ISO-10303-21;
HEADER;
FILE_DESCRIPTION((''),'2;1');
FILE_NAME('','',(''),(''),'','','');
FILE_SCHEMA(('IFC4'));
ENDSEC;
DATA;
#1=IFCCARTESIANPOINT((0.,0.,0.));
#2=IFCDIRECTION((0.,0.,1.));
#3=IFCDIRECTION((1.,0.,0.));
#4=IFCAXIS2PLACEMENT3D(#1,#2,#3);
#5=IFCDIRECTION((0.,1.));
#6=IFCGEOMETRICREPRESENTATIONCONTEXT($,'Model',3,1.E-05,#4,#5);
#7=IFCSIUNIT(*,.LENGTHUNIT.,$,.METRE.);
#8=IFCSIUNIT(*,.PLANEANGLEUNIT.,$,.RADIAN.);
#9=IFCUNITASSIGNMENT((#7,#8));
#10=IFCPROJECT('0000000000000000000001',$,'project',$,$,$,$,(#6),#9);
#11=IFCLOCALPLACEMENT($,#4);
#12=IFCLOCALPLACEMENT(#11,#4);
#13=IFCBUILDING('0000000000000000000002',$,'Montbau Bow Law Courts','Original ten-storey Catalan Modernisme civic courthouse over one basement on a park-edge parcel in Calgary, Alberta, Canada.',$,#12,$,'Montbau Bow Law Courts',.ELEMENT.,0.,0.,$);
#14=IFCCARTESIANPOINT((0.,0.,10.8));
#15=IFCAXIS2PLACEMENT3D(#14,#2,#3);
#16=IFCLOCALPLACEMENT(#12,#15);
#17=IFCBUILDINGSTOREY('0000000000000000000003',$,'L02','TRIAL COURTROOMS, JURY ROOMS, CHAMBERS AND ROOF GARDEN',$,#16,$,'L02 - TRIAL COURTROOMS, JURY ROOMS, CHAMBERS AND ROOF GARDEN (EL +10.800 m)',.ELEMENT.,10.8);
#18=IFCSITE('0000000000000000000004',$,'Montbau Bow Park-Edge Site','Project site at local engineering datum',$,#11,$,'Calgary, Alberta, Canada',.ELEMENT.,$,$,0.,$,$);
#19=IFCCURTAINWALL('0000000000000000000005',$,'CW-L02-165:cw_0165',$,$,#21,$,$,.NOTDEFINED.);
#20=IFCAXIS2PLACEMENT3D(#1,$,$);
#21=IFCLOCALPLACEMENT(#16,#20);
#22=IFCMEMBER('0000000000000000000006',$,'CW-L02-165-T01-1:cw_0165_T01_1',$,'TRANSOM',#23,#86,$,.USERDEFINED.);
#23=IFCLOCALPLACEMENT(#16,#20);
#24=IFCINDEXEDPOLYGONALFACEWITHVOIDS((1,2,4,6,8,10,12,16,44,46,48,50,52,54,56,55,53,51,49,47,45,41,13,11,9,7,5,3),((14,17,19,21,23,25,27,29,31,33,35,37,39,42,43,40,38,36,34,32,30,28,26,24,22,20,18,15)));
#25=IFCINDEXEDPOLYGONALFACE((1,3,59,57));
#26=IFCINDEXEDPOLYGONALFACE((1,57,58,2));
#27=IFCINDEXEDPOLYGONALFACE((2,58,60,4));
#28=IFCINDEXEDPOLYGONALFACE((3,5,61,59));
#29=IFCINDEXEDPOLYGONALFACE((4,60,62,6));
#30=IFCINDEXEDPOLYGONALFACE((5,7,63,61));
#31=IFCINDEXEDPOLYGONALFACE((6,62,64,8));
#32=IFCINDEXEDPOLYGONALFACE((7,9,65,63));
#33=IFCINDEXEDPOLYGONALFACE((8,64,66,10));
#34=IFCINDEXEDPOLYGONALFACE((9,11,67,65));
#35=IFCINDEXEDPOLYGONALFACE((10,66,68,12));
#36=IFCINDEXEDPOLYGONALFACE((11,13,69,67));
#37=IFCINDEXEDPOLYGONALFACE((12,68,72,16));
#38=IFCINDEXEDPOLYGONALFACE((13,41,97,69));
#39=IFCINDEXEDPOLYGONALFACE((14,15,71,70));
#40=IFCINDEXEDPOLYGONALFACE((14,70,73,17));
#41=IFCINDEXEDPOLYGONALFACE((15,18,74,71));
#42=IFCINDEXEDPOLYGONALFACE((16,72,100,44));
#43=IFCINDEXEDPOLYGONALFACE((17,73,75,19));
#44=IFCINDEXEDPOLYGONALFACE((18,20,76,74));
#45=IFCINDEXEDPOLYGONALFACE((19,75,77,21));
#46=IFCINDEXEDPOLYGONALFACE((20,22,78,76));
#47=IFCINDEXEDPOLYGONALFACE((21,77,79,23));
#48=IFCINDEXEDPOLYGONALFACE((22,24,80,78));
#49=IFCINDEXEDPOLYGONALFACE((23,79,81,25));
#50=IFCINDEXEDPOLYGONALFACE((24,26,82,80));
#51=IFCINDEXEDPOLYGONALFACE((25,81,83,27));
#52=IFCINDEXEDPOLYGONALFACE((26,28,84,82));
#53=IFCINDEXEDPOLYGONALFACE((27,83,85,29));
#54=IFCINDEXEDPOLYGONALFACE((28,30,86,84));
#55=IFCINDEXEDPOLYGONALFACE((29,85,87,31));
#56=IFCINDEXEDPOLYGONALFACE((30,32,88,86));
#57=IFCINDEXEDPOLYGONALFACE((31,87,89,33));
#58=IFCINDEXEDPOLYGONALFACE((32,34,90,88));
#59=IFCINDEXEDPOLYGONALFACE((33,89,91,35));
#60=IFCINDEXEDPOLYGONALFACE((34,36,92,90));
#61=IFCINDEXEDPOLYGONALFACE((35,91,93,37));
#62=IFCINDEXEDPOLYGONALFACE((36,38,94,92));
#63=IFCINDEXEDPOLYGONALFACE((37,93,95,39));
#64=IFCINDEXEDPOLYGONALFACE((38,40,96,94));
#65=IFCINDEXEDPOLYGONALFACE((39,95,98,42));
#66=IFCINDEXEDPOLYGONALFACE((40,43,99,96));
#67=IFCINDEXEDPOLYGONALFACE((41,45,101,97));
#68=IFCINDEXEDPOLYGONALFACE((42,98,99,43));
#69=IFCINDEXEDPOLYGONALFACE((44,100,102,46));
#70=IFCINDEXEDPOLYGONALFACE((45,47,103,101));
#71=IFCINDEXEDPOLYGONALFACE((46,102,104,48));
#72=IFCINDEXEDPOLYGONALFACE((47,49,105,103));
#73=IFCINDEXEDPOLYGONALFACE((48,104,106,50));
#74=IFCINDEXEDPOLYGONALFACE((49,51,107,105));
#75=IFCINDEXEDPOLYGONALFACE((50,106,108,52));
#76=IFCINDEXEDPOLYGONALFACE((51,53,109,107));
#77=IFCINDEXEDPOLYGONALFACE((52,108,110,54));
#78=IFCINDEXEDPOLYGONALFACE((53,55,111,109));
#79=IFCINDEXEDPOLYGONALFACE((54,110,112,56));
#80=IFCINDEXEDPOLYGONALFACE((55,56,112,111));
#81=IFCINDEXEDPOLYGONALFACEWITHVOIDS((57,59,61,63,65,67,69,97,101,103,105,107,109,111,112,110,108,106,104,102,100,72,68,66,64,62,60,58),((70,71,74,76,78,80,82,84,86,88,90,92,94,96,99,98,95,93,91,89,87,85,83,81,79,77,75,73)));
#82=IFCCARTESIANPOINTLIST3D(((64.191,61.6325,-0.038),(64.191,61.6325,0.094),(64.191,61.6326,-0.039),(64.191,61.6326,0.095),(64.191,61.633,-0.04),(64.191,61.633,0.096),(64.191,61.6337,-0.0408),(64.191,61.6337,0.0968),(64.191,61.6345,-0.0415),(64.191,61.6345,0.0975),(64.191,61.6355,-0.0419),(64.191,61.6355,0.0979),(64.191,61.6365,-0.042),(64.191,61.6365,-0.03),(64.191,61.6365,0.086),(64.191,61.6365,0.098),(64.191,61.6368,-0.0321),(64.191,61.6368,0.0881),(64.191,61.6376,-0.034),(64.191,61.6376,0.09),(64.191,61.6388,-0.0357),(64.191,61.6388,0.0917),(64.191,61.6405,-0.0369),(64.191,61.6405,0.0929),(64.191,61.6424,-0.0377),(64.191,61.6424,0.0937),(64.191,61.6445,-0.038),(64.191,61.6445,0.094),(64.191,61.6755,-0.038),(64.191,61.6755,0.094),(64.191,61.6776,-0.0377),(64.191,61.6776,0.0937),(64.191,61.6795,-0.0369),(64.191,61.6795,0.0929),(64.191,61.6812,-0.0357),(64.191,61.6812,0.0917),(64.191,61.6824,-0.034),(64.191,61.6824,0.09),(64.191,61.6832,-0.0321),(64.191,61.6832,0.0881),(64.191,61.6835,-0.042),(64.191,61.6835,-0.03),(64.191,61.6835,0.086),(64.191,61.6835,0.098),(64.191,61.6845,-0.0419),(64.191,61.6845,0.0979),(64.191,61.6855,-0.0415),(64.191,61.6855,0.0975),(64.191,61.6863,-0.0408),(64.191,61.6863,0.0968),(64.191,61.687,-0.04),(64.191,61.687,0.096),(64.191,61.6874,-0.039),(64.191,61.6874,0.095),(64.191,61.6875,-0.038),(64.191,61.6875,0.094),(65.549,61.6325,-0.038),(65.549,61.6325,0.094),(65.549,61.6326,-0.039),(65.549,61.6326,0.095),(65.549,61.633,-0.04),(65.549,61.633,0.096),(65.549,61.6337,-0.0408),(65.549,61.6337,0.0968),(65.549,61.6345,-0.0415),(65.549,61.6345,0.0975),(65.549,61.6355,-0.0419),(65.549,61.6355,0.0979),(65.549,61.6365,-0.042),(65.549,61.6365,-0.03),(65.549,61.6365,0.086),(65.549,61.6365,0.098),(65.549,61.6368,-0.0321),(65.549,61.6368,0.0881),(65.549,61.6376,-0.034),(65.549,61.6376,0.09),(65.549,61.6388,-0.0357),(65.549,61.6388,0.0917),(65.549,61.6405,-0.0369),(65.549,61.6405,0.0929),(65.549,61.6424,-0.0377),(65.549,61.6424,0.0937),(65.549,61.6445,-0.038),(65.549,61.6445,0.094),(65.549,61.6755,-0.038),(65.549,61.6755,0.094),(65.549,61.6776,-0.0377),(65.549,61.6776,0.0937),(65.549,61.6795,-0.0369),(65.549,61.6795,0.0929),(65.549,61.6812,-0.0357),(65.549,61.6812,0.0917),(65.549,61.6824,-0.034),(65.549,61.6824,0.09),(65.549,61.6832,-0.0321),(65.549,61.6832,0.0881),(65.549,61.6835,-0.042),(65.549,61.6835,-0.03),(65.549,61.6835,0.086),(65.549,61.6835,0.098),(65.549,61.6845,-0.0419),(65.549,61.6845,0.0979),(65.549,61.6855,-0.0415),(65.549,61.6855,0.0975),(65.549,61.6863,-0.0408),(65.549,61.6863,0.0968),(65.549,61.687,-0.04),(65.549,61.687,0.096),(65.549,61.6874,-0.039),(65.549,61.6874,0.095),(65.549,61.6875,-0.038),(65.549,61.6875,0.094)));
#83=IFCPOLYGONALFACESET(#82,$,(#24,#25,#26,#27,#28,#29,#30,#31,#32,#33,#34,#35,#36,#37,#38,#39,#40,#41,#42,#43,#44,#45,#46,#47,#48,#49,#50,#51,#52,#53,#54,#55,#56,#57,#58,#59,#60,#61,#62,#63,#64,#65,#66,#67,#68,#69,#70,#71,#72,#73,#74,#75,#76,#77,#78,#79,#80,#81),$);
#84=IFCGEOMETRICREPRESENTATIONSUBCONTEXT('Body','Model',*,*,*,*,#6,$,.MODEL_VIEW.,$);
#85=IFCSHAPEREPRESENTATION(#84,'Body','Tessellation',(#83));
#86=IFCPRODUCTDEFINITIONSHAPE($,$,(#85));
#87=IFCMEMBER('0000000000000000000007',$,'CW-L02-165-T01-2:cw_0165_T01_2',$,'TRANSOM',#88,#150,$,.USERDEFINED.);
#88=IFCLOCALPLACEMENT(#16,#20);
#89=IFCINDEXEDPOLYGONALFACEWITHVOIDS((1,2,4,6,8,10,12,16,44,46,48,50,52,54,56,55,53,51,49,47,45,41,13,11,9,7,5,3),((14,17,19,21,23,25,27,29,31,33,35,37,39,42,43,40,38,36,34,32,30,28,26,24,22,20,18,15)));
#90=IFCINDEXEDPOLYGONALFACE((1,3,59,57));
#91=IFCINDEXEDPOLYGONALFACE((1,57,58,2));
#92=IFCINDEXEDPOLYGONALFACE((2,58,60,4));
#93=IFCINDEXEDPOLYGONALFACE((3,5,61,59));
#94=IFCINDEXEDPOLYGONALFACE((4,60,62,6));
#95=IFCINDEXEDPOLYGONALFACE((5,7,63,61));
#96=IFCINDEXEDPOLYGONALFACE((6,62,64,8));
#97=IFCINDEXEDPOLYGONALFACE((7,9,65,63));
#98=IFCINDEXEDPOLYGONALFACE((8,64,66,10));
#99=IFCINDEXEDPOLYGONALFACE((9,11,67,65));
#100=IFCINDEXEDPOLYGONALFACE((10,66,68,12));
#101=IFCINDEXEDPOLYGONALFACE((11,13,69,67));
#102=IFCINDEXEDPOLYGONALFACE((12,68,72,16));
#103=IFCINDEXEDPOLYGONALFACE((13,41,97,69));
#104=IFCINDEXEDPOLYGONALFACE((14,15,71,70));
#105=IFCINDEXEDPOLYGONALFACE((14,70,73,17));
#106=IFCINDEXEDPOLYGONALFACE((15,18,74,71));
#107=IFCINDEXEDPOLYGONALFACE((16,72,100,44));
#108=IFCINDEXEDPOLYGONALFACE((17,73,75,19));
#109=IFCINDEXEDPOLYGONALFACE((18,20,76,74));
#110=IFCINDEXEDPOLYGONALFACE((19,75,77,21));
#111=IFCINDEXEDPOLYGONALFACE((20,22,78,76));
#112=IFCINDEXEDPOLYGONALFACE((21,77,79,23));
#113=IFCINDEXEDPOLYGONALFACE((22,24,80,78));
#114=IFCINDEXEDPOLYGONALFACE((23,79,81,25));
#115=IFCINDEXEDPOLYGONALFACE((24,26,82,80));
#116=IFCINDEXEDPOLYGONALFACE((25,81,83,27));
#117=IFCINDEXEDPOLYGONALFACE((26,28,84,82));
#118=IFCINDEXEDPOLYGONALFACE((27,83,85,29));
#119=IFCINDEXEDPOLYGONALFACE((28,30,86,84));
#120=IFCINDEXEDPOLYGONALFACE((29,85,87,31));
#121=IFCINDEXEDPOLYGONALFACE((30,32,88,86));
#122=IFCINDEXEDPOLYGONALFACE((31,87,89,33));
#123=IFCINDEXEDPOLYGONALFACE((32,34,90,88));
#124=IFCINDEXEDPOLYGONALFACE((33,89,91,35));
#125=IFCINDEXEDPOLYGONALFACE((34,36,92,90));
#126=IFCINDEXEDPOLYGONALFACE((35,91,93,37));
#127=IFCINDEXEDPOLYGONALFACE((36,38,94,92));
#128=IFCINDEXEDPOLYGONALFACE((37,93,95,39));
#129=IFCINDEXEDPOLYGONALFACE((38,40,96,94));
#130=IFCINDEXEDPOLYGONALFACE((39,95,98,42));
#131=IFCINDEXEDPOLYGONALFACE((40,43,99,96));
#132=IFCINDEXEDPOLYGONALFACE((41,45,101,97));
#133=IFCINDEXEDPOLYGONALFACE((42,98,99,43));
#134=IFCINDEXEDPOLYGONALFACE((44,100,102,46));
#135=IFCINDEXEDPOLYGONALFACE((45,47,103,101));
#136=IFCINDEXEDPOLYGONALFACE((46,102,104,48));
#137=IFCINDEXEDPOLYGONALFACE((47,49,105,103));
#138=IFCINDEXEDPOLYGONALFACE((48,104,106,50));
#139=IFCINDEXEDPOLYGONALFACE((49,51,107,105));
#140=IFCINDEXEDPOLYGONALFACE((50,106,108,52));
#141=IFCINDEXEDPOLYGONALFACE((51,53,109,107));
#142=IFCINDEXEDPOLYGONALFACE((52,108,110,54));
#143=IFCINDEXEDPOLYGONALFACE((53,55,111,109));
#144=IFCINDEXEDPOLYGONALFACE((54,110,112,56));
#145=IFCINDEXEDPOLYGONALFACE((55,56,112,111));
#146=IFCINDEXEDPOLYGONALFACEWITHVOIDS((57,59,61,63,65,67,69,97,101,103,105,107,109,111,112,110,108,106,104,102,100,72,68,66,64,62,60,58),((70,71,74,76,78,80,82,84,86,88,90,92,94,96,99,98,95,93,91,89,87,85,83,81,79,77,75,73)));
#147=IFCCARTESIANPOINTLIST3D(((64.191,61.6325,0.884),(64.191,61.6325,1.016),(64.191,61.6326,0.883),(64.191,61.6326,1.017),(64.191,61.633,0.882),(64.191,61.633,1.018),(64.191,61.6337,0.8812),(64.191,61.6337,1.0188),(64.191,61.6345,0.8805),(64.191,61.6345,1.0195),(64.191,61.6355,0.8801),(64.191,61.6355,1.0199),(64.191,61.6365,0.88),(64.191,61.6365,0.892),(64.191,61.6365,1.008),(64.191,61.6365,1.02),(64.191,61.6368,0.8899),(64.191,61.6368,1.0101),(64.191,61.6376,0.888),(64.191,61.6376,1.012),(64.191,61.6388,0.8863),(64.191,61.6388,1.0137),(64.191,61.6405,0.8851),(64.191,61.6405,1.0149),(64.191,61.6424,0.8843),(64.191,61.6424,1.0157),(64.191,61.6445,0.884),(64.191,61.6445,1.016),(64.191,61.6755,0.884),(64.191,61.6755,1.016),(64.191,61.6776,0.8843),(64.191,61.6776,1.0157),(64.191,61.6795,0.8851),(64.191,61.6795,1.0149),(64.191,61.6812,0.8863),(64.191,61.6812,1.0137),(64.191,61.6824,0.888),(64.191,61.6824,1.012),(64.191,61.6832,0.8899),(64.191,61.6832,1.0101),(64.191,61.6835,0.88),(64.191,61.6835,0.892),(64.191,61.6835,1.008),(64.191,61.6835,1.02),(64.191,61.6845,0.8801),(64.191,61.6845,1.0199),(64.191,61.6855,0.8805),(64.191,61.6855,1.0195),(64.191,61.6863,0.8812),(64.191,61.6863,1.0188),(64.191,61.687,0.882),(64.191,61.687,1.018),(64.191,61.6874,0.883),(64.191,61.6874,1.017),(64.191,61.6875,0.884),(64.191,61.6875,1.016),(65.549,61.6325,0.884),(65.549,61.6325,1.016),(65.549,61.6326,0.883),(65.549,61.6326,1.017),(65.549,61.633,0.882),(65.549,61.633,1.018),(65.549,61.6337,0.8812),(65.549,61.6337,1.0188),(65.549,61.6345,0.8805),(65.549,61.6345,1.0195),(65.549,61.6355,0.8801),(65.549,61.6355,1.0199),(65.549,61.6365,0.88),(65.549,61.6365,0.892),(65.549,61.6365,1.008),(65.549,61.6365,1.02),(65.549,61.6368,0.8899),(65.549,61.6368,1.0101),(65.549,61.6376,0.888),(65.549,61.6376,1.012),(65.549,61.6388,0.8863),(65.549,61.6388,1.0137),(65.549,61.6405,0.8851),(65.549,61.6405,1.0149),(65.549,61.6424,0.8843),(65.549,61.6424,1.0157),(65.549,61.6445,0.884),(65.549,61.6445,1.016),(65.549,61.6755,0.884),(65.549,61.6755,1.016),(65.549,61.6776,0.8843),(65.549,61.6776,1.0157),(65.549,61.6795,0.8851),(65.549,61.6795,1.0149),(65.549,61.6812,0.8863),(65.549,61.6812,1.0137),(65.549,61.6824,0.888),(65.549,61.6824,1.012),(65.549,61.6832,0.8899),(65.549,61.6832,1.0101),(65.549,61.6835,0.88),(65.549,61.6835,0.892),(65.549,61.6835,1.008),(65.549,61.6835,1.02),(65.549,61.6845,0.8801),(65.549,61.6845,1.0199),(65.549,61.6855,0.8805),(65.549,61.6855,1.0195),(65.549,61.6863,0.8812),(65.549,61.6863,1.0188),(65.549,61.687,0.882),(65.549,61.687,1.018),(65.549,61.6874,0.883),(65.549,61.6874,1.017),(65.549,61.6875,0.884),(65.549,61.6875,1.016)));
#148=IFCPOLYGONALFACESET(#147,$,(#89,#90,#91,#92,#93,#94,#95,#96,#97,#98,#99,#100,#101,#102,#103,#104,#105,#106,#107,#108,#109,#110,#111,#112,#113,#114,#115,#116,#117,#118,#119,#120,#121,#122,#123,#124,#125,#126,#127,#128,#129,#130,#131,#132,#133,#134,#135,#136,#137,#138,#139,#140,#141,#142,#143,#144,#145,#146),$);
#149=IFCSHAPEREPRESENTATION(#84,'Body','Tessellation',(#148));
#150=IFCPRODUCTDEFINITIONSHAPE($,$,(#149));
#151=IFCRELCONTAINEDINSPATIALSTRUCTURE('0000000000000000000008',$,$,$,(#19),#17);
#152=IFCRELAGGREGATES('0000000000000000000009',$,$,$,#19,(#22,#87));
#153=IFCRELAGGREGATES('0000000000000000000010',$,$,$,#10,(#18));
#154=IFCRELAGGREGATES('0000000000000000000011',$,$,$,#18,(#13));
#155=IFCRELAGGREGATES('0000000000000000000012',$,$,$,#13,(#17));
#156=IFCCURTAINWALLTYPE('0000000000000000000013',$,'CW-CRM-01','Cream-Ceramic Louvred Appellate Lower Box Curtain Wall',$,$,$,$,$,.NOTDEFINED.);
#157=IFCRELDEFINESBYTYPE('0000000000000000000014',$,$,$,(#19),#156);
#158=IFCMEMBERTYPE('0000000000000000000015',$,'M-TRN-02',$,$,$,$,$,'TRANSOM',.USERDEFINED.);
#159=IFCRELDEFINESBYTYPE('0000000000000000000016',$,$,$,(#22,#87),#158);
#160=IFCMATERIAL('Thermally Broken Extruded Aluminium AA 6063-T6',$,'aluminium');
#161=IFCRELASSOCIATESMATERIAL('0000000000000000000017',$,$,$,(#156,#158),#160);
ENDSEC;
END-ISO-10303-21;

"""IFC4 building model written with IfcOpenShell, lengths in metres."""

from ifc_helpers import new_model, si_unit, direction, frame, origin_with_axes, origin_2d_with_axis, place, context, subcontext, project, spatial, hollow_rectangle, extrude, material, material_profile, profile_set, type_object, element, aggregate, save


model = new_model("IFC4")

# Units and contexts
model_context = context("Model", 3, precision=1e-05, world=origin_with_axes(), true_north=direction((0.0, 1.0)))
body_context = subcontext(model_context, "Body", "Model", "MODEL_VIEW")
ifc_project = project(units=[si_unit("LENGTHUNIT", "METRE"), si_unit("PLANEANGLEUNIT", "RADIAN")], contexts=[model_context])

# Site, building, storey
site_placement = place(None, origin_with_axes())
site = spatial("IfcSite", under=ifc_project, at=site_placement, Name="Montbau Bow Park-Edge Site", Description="Project site at local engineering datum", LongName="Calgary, Alberta, Canada", CompositionType="ELEMENT", RefElevation=0.0)
building_placement = place(site_placement, origin_with_axes())
building = spatial("IfcBuilding", under=site, at=building_placement, Name="Montbau Bow Law Courts", Description="Original ten-storey Catalan Modernisme civic courthouse over one basement on a park-edge parcel in Calgary, Alberta, Canada.", LongName="Montbau Bow Law Courts", CompositionType="ELEMENT", ElevationOfRefHeight=0.0, ElevationOfTerrain=0.0)
storey_placement = place(building_placement, frame((0.0, 0.0, 10.8), z_axis=(0.0, 0.0, 1.0), x_axis=(1.0, 0.0, 0.0)))
storey = spatial("IfcBuildingStorey", under=building, at=storey_placement, Name="L02", Description="TRIAL COURTROOMS, JURY ROOMS, CHAMBERS AND ROOF GARDEN", LongName="L02 - TRIAL COURTROOMS, JURY ROOMS, CHAMBERS AND ROOF GARDEN (EL +10.800 m)", CompositionType="ELEMENT", Elevation=10.8)

# Curtain wall, members
ifc_material_1 = material(Name="Thermally Broken Extruded Aluminium AA 6063-T6", Category="aluminium")
curtain_wall_type = type_object("IfcCurtainWallType", Name="CW-CRM-01", Description="Cream-Ceramic Louvred Appellate Lower Box Curtain Wall", PredefinedType="NOTDEFINED", material=ifc_material_1)
curtain_wall_placement = place(None, frame((64.115, 61.66, 10.8), z_axis=(0.0, 0.0, 1.0), x_axis=(1.0, 0.0, 0.0)))
curtain_wall = element("IfcCurtainWall", 1, at=curtain_wall_placement, inside=storey, type_object=curtain_wall_type, Name="CW-L02-165:cw_0165", PredefinedType="NOTDEFINED")
ifc_material_profile_1 = material_profile(ifc_material_1, hollow_rectangle(XDim=0.055, YDim=0.14, WallThickness=0.004, InnerFilletRadius=0.008, OuterFilletRadius=0.004, at=origin_2d_with_axis()), Name="CWT-140X55", Category="Main", Priority=0)
ifc_profile_set_1 = profile_set([ifc_material_profile_1], Name="Thermally Broken Extruded Aluminium AA 6063-T6")
member_type_1 = type_object("IfcMemberType", Name="M-TRN-02", ElementType="TRANSOM", PredefinedType="USERDEFINED", material=ifc_profile_set_1)
member_1_placement = place(None, frame((64.191, 61.66, 10.828), z_axis=(1.0, 0.0, 0.0), x_axis=(0.0, 1.0, 0.0)))
member_1 = element("IfcMember", 2, at=member_1_placement, type_object=member_type_1, Name="CW-L02-165-T01-1:cw_0165_T01_1", ObjectType="TRANSOM", PredefinedType="USERDEFINED", context=body_context, shape_type="SweptSolid", body=[
    extrude(hollow_rectangle(XDim=0.055, YDim=0.14, WallThickness=0.004, InnerFilletRadius=0.008, OuterFilletRadius=0.004, at=origin_2d_with_axis()), origin_with_axes(), (0.0, 0.0, 1.0), 1.358),
])
member_2_placement = place(None, frame((64.191, 61.66, 11.75), z_axis=(1.0, 0.0, 0.0), x_axis=(0.0, 1.0, 0.0)))
member_2 = element("IfcMember", 3, at=member_2_placement, type_object=member_type_1, Name="CW-L02-165-T01-2:cw_0165_T01_2", ObjectType="TRANSOM", PredefinedType="USERDEFINED", context=body_context, shape_type="SweptSolid", body=[
    extrude(hollow_rectangle(XDim=0.055, YDim=0.14, WallThickness=0.004, InnerFilletRadius=0.008, OuterFilletRadius=0.004, at=origin_2d_with_axis()), origin_with_axes(), (0.0, 0.0, 1.0), 1.358),
])
aggregate(curtain_wall, [member_1, member_2])

save(model, "model.ifc")
